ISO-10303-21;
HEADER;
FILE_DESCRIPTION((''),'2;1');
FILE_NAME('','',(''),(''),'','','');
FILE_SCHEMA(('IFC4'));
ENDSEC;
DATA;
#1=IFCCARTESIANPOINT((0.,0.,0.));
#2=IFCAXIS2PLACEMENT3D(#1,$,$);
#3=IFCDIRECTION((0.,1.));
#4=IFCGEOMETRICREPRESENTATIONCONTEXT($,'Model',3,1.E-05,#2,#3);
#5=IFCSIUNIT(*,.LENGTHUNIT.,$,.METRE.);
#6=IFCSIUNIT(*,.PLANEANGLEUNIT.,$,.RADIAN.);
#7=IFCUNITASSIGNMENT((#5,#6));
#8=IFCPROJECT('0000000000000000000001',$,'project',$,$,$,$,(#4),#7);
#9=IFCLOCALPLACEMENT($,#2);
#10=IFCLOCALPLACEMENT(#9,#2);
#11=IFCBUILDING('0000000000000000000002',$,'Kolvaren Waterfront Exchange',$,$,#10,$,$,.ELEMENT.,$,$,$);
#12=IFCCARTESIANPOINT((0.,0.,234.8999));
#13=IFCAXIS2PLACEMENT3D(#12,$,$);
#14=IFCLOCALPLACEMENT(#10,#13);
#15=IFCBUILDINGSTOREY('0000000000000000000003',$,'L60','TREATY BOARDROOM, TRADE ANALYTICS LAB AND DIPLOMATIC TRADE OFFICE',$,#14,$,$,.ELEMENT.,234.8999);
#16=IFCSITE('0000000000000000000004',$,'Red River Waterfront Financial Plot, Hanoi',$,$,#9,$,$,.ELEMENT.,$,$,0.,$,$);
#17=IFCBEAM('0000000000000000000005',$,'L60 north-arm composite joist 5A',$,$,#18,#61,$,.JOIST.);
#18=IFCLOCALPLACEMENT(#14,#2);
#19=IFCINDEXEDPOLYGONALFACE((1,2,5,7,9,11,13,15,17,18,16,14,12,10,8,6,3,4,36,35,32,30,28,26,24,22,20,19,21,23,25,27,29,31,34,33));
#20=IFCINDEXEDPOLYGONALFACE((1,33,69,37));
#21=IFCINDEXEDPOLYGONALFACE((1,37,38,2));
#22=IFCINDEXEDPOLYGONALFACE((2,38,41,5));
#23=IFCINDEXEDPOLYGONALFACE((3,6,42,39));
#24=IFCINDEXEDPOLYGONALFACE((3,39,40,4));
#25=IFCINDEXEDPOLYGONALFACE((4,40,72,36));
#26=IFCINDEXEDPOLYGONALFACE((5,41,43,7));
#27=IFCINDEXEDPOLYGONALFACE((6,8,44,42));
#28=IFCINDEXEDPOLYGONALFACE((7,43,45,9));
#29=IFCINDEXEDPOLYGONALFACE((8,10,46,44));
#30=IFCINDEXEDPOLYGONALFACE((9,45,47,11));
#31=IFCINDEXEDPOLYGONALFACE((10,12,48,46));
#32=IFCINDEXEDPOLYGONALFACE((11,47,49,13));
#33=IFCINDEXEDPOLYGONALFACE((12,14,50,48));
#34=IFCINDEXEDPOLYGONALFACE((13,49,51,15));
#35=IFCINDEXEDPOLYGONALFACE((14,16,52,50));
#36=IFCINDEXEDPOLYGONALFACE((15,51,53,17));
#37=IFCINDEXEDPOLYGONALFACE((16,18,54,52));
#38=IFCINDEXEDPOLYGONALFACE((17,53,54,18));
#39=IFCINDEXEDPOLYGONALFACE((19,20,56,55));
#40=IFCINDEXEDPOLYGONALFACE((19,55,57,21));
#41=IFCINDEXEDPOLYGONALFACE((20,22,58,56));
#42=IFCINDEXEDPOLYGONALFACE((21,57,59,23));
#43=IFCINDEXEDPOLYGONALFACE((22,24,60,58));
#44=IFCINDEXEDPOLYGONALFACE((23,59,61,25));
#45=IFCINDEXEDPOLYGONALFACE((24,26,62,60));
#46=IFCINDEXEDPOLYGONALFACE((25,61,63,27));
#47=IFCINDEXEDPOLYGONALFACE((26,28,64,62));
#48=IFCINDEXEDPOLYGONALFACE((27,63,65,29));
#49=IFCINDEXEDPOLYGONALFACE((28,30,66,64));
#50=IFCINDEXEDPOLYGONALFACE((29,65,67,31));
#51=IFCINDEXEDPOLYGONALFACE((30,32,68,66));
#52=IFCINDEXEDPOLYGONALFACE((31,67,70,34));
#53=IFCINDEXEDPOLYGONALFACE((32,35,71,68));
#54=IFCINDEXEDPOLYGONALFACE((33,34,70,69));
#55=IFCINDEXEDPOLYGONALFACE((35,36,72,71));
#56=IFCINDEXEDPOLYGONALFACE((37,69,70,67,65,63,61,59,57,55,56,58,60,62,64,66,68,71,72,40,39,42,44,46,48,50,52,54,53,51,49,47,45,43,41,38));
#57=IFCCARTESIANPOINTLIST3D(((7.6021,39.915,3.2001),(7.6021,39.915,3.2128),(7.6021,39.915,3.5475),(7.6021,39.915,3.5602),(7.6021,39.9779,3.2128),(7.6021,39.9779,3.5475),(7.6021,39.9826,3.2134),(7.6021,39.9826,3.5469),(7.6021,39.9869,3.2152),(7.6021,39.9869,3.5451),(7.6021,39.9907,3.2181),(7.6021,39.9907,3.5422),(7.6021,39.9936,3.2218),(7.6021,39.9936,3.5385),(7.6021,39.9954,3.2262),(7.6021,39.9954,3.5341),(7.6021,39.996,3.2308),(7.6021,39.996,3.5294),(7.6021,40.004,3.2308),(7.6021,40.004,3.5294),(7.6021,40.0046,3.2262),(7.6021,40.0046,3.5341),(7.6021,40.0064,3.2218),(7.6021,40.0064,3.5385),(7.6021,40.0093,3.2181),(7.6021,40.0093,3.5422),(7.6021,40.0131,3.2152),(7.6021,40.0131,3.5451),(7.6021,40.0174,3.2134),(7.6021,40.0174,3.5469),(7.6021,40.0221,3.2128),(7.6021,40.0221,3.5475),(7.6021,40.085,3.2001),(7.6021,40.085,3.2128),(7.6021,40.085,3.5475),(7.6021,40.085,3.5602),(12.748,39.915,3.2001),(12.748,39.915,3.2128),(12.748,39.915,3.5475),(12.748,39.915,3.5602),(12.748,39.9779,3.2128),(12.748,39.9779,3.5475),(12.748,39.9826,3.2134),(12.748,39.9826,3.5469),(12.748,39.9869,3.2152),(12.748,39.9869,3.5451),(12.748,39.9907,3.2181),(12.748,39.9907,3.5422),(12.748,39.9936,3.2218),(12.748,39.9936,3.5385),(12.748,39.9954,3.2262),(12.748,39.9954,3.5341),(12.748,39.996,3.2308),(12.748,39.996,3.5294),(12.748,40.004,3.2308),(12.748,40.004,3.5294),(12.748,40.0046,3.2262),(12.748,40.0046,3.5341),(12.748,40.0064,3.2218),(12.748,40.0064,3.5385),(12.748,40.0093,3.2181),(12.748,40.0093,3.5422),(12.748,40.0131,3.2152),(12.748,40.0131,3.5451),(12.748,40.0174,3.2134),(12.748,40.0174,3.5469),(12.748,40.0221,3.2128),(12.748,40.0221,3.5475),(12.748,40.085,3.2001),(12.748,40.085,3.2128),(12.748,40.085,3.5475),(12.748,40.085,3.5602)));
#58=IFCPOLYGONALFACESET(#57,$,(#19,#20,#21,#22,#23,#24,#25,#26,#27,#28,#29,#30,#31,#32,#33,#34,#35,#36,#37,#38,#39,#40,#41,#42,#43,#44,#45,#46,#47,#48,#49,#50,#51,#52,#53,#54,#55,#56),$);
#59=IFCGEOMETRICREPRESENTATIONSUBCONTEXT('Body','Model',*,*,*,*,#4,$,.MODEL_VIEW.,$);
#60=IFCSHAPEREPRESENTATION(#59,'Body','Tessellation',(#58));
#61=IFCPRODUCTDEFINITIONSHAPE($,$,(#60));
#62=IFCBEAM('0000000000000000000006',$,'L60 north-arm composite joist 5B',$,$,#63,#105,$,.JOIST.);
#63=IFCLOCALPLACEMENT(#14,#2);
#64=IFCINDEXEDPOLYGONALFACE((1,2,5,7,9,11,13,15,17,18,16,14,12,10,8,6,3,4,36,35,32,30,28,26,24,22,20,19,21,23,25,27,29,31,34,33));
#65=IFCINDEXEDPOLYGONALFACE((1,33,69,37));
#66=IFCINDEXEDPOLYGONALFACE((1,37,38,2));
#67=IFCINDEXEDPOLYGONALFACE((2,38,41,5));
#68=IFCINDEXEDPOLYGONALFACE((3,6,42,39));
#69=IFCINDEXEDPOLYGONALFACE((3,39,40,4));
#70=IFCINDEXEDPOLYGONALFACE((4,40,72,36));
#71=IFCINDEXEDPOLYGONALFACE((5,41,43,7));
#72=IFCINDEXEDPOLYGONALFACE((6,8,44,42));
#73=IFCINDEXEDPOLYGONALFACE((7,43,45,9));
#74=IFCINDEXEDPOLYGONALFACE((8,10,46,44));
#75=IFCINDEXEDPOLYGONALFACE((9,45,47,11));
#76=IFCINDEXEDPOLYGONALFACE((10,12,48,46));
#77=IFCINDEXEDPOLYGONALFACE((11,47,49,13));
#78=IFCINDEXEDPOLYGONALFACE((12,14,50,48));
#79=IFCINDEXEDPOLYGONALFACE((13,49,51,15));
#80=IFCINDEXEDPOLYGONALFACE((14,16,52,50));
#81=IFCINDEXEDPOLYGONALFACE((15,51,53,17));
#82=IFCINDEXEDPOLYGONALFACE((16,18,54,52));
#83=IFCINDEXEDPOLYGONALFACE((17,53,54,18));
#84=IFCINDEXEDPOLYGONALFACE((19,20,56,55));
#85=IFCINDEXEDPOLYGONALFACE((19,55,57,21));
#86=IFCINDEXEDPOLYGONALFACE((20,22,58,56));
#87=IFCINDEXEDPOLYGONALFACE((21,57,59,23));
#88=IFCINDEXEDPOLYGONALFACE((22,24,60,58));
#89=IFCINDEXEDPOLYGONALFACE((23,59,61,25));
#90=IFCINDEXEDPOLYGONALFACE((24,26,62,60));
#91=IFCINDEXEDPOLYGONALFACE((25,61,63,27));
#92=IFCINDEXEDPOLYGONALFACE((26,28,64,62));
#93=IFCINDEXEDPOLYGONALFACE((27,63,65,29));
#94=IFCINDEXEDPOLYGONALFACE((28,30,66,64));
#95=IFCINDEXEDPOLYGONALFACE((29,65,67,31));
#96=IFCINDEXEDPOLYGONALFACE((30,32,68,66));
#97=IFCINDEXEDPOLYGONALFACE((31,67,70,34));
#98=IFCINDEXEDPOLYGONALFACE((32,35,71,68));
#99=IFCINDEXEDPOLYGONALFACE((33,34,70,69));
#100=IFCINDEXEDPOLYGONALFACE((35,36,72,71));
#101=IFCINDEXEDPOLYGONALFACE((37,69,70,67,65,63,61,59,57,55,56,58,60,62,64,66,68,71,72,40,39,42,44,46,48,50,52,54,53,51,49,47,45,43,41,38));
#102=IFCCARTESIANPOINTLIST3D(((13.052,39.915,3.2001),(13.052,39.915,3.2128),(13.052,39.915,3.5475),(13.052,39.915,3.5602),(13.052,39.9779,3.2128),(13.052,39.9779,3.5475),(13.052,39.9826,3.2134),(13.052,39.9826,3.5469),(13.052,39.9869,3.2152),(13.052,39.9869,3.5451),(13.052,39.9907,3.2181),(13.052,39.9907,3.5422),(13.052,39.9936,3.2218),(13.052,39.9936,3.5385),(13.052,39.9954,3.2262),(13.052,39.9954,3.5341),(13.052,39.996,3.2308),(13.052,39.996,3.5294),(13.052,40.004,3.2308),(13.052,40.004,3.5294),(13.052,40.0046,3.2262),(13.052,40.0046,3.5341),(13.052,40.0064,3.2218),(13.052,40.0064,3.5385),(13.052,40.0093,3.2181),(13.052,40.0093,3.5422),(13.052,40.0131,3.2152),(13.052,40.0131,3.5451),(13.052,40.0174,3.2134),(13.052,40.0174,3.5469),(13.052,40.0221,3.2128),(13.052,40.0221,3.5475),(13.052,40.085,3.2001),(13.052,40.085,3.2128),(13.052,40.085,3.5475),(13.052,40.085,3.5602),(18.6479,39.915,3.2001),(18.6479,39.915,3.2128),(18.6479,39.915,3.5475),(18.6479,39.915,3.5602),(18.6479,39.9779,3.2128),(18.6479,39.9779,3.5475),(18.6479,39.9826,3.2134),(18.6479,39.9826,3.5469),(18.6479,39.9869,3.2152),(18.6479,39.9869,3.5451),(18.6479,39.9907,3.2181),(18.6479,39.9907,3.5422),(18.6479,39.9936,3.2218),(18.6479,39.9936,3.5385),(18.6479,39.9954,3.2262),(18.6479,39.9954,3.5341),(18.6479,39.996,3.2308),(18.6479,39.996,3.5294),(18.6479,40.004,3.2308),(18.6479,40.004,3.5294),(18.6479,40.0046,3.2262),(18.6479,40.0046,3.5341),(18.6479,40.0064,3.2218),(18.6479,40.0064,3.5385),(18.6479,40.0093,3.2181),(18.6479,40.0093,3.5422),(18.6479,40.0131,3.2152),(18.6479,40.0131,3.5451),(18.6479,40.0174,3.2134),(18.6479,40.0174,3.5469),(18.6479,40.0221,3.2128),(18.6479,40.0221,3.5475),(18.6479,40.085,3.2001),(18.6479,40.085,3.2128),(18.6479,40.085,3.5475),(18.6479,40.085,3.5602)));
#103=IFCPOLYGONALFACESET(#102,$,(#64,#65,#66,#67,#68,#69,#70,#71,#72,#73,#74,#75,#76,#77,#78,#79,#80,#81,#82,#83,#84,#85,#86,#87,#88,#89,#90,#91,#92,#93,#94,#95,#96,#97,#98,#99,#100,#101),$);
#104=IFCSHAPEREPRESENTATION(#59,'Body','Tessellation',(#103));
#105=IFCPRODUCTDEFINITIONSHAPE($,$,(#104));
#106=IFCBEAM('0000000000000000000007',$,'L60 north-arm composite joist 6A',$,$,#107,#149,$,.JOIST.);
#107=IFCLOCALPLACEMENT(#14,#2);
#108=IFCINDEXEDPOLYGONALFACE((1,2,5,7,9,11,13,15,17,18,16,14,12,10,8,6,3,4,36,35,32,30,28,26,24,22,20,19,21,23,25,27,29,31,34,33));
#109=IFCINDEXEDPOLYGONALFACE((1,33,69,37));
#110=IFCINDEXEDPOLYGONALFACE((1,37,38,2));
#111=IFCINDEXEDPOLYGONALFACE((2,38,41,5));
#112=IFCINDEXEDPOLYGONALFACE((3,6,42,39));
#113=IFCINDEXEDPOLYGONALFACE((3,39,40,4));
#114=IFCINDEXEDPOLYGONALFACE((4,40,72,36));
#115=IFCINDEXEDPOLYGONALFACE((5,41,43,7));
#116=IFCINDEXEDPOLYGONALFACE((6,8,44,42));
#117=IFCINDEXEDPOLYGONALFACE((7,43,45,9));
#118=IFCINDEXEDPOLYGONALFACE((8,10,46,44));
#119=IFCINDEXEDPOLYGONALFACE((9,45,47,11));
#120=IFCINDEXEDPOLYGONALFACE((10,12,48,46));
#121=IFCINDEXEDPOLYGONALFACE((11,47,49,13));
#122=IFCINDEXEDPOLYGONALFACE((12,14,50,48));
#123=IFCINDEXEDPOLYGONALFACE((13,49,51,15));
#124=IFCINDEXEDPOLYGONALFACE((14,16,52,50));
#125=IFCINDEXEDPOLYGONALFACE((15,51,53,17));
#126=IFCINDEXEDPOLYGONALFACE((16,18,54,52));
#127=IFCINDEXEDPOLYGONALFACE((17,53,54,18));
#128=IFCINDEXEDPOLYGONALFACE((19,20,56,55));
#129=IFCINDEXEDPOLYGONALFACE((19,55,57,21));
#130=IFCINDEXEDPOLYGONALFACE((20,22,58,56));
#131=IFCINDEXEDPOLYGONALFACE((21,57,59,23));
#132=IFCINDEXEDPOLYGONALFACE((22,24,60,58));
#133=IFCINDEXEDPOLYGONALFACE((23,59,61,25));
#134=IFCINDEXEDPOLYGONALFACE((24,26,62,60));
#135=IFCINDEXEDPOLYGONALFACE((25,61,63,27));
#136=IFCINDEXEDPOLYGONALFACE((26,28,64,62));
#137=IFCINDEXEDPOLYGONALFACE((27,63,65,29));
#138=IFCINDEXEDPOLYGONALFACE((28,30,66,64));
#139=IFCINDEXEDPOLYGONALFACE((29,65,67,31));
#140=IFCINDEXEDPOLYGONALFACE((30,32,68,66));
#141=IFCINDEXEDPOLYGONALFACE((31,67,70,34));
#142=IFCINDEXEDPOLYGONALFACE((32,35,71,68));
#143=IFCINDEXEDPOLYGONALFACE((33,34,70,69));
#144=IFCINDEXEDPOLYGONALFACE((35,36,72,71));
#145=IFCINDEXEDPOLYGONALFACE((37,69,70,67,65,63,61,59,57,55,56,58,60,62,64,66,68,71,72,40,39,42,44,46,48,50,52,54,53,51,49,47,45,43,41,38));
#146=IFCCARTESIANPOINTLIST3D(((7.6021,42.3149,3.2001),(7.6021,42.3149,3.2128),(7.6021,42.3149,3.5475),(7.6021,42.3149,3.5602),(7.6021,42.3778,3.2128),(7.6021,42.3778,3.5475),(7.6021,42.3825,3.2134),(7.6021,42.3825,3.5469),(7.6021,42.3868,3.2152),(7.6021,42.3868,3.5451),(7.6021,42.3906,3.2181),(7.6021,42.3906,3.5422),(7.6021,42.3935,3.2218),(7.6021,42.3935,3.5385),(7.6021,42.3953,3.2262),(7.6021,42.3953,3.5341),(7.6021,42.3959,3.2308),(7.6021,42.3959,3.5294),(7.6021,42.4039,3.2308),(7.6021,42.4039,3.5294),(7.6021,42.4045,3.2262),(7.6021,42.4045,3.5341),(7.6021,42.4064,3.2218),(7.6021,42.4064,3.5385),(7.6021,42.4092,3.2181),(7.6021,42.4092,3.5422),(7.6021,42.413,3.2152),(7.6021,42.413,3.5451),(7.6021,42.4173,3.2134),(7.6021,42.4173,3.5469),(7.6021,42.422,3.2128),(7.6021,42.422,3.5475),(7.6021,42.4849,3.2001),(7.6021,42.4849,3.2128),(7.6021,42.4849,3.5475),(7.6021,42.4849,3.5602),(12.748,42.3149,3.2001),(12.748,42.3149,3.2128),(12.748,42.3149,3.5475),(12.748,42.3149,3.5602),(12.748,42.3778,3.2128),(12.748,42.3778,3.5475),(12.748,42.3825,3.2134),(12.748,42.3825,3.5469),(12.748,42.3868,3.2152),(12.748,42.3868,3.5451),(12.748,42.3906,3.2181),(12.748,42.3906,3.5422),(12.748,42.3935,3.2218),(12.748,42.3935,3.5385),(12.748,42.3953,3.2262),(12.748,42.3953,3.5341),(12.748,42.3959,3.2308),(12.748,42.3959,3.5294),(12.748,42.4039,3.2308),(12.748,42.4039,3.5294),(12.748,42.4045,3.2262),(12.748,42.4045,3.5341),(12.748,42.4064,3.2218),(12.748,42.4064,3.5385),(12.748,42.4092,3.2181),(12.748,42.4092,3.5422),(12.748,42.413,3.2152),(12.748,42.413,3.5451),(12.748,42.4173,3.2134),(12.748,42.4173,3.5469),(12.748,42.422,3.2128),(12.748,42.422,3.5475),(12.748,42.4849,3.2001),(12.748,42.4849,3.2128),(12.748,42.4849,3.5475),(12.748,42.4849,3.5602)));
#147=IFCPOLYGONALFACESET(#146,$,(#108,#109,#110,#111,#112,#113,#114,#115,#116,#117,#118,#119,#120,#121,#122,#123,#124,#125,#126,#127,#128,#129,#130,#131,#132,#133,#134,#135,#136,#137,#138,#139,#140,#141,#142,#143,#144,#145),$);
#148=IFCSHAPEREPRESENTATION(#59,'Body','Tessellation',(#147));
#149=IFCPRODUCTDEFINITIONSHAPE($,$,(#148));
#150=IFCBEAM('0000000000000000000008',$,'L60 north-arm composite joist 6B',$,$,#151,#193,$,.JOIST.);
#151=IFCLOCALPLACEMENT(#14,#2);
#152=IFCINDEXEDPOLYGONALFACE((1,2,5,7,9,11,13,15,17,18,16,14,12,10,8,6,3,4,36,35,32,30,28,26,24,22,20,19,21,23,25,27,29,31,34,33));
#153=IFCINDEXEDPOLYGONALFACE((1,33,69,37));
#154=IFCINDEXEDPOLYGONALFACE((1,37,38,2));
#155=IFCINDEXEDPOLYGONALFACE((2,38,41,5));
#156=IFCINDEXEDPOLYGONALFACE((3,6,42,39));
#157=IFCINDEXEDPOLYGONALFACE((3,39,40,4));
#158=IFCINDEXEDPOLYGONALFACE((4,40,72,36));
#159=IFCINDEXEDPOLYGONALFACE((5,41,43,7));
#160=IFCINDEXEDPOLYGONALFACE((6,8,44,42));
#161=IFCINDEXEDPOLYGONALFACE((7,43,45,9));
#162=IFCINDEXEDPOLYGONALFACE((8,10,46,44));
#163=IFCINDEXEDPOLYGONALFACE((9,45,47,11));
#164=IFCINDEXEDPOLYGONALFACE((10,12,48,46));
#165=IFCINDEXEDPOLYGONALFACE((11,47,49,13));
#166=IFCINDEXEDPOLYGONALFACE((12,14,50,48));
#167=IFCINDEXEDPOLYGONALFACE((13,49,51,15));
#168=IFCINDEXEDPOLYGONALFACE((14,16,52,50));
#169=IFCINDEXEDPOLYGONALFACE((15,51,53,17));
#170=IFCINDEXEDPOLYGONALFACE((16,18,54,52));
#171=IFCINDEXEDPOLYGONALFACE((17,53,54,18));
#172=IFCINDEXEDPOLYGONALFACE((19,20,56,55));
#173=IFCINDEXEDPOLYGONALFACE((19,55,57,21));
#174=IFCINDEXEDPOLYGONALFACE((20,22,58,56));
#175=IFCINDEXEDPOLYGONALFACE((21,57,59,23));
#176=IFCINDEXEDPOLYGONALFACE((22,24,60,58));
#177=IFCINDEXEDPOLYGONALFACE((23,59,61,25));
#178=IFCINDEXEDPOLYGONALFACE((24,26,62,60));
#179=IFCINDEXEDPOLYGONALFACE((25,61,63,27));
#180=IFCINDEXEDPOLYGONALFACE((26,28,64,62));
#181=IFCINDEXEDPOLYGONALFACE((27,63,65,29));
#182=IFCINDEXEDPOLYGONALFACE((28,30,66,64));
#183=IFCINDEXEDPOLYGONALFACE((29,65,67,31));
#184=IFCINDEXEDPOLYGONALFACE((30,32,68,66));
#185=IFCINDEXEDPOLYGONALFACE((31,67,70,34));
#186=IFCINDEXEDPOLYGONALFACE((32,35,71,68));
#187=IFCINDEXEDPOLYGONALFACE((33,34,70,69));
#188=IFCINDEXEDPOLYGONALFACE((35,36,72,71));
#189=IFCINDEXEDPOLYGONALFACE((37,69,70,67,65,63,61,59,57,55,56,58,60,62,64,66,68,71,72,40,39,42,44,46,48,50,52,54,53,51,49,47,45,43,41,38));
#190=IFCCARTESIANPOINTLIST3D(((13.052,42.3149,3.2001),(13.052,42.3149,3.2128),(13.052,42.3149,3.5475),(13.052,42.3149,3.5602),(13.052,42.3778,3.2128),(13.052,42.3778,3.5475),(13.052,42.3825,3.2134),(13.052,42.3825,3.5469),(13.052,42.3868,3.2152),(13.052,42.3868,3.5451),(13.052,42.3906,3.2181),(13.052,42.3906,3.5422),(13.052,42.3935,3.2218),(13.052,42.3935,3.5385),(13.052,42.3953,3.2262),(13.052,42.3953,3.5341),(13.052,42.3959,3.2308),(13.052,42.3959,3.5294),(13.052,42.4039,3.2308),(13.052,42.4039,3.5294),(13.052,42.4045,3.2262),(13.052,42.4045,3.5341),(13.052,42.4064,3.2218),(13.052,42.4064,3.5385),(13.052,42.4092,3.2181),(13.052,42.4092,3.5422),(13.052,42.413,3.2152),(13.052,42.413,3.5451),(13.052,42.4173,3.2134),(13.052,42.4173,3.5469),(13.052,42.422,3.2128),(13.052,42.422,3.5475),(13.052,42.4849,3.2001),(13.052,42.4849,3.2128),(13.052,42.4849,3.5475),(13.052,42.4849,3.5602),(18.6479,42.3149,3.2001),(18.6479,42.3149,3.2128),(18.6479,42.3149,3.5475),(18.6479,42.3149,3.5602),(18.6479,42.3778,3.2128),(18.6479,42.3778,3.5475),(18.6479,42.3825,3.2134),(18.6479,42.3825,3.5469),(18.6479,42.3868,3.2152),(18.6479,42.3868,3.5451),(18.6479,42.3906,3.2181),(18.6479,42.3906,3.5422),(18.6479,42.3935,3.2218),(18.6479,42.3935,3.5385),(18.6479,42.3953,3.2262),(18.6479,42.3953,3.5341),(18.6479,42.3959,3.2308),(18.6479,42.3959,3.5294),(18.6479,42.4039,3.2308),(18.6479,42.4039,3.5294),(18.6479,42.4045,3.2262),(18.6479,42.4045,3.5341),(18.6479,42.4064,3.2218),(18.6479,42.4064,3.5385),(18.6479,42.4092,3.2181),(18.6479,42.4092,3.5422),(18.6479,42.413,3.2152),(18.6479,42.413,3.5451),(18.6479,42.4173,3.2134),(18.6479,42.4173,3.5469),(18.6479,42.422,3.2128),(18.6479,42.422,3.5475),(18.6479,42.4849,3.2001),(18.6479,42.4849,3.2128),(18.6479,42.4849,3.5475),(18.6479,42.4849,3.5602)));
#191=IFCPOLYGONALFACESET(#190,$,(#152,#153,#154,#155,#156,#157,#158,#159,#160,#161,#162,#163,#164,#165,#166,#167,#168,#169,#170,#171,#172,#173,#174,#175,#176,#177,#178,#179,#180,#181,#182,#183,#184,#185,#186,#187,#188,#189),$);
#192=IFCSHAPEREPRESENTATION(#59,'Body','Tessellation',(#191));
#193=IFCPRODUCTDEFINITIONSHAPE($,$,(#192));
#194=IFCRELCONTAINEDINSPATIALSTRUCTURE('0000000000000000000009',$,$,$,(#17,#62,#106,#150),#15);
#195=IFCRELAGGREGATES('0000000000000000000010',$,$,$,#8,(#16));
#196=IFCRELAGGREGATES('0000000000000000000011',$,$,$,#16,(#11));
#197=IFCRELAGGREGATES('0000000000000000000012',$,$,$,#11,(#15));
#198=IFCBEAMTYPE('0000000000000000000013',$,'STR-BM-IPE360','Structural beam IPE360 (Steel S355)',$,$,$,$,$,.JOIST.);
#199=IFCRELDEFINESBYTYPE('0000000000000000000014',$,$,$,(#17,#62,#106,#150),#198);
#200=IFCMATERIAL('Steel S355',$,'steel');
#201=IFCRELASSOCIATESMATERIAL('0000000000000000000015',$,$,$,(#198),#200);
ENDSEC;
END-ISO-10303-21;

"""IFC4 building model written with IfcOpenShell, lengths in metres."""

from ifc_helpers import new_model, si_unit, direction, frame, origin, origin_2d, place, context, subcontext, project, spatial, i_section, extrude, material, material_profile, profile_set, type_object, element, save


model = new_model("IFC4")

# Units and contexts
model_context = context("Model", 3, precision=1e-05, world=origin(), true_north=direction((0.0, 1.0)))
body_context = subcontext(model_context, "Body", "Model", "MODEL_VIEW")
ifc_project = project(units=[si_unit("LENGTHUNIT", "METRE"), si_unit("PLANEANGLEUNIT", "RADIAN")], contexts=[model_context])

# Site, building, storey
site_placement = place(None, origin())
site = spatial("IfcSite", under=ifc_project, at=site_placement, Name="Red River Waterfront Financial Plot, Hanoi", CompositionType="ELEMENT", RefElevation=0.0)
building_placement = place(site_placement, origin())
building = spatial("IfcBuilding", under=site, at=building_placement, Name="Kolvaren Waterfront Exchange", CompositionType="ELEMENT")
storey_placement = place(building_placement, frame((0.0, 0.0, 234.8999)))
storey = spatial("IfcBuildingStorey", under=building, at=storey_placement, Name="L60", Description="TREATY BOARDROOM, TRADE ANALYTICS LAB AND DIPLOMATIC TRADE OFFICE", CompositionType="ELEMENT", Elevation=234.8999)

# Beams
ifc_material_1 = material(Name="Steel S355", Category="steel")
ifc_material_profile_1 = material_profile(ifc_material_1, i_section(OverallWidth=0.1699, OverallDepth=0.3601, WebThickness=0.0081, FlangeThickness=0.0127, FilletRadius=0.0181, at=origin_2d()), Name="IPE360")
ifc_profile_set_1 = profile_set([ifc_material_profile_1], Name="Steel S355")
beam_type_1 = type_object("IfcBeamType", Name="STR-BM-IPE360", Description="Structural beam IPE360 (Steel S355)", PredefinedType="JOIST", material=ifc_profile_set_1)
beam_1_placement = place(storey_placement, frame((7.6021, 40.0, 3.3801), z_axis=(1.0, 0.0, 0.0), x_axis=(0.0, 1.0, 0.0)))
element("IfcBeam", 1, at=beam_1_placement, inside=storey, type_object=beam_type_1, Name="L60 north-arm composite joist 5A", PredefinedType="JOIST", context=body_context, shape_type="SweptSolid", body=[
    extrude(i_section(OverallWidth=0.1699, OverallDepth=0.3601, WebThickness=0.0081, FlangeThickness=0.0127, FilletRadius=0.0181, at=origin_2d()), origin(), (0.0, 0.0, 1.0), 5.146),
])
beam_2_placement = place(storey_placement, frame((13.052, 40.0, 3.3801), z_axis=(1.0, 0.0, 0.0), x_axis=(0.0, 1.0, 0.0)))
element("IfcBeam", 2, at=beam_2_placement, inside=storey, type_object=beam_type_1, Name="L60 north-arm composite joist 5B", PredefinedType="JOIST", context=body_context, shape_type="SweptSolid", body=[
    extrude(i_section(OverallWidth=0.1699, OverallDepth=0.3601, WebThickness=0.0081, FlangeThickness=0.0127, FilletRadius=0.0181, at=origin_2d()), origin(), (0.0, 0.0, 1.0), 5.5959),
])
beam_3_placement = place(storey_placement, frame((7.6021, 42.3999, 3.3801), z_axis=(1.0, 0.0, 0.0), x_axis=(0.0, 1.0, 0.0)))
element("IfcBeam", 3, at=beam_3_placement, inside=storey, type_object=beam_type_1, Name="L60 north-arm composite joist 6A", PredefinedType="JOIST", context=body_context, shape_type="SweptSolid", body=[
    extrude(i_section(OverallWidth=0.1699, OverallDepth=0.3601, WebThickness=0.0081, FlangeThickness=0.0127, FilletRadius=0.0181, at=origin_2d()), origin(), (0.0, 0.0, 1.0), 5.146),
])
beam_4_placement = place(storey_placement, frame((13.052, 42.3999, 3.3801), z_axis=(1.0, 0.0, 0.0), x_axis=(0.0, 1.0, 0.0)))
element("IfcBeam", 4, at=beam_4_placement, inside=storey, type_object=beam_type_1, Name="L60 north-arm composite joist 6B", PredefinedType="JOIST", context=body_context, shape_type="SweptSolid", body=[
    extrude(i_section(OverallWidth=0.1699, OverallDepth=0.3601, WebThickness=0.0081, FlangeThickness=0.0127, FilletRadius=0.0181, at=origin_2d()), origin(), (0.0, 0.0, 1.0), 5.5959),
])

save(model, "model.ifc")
